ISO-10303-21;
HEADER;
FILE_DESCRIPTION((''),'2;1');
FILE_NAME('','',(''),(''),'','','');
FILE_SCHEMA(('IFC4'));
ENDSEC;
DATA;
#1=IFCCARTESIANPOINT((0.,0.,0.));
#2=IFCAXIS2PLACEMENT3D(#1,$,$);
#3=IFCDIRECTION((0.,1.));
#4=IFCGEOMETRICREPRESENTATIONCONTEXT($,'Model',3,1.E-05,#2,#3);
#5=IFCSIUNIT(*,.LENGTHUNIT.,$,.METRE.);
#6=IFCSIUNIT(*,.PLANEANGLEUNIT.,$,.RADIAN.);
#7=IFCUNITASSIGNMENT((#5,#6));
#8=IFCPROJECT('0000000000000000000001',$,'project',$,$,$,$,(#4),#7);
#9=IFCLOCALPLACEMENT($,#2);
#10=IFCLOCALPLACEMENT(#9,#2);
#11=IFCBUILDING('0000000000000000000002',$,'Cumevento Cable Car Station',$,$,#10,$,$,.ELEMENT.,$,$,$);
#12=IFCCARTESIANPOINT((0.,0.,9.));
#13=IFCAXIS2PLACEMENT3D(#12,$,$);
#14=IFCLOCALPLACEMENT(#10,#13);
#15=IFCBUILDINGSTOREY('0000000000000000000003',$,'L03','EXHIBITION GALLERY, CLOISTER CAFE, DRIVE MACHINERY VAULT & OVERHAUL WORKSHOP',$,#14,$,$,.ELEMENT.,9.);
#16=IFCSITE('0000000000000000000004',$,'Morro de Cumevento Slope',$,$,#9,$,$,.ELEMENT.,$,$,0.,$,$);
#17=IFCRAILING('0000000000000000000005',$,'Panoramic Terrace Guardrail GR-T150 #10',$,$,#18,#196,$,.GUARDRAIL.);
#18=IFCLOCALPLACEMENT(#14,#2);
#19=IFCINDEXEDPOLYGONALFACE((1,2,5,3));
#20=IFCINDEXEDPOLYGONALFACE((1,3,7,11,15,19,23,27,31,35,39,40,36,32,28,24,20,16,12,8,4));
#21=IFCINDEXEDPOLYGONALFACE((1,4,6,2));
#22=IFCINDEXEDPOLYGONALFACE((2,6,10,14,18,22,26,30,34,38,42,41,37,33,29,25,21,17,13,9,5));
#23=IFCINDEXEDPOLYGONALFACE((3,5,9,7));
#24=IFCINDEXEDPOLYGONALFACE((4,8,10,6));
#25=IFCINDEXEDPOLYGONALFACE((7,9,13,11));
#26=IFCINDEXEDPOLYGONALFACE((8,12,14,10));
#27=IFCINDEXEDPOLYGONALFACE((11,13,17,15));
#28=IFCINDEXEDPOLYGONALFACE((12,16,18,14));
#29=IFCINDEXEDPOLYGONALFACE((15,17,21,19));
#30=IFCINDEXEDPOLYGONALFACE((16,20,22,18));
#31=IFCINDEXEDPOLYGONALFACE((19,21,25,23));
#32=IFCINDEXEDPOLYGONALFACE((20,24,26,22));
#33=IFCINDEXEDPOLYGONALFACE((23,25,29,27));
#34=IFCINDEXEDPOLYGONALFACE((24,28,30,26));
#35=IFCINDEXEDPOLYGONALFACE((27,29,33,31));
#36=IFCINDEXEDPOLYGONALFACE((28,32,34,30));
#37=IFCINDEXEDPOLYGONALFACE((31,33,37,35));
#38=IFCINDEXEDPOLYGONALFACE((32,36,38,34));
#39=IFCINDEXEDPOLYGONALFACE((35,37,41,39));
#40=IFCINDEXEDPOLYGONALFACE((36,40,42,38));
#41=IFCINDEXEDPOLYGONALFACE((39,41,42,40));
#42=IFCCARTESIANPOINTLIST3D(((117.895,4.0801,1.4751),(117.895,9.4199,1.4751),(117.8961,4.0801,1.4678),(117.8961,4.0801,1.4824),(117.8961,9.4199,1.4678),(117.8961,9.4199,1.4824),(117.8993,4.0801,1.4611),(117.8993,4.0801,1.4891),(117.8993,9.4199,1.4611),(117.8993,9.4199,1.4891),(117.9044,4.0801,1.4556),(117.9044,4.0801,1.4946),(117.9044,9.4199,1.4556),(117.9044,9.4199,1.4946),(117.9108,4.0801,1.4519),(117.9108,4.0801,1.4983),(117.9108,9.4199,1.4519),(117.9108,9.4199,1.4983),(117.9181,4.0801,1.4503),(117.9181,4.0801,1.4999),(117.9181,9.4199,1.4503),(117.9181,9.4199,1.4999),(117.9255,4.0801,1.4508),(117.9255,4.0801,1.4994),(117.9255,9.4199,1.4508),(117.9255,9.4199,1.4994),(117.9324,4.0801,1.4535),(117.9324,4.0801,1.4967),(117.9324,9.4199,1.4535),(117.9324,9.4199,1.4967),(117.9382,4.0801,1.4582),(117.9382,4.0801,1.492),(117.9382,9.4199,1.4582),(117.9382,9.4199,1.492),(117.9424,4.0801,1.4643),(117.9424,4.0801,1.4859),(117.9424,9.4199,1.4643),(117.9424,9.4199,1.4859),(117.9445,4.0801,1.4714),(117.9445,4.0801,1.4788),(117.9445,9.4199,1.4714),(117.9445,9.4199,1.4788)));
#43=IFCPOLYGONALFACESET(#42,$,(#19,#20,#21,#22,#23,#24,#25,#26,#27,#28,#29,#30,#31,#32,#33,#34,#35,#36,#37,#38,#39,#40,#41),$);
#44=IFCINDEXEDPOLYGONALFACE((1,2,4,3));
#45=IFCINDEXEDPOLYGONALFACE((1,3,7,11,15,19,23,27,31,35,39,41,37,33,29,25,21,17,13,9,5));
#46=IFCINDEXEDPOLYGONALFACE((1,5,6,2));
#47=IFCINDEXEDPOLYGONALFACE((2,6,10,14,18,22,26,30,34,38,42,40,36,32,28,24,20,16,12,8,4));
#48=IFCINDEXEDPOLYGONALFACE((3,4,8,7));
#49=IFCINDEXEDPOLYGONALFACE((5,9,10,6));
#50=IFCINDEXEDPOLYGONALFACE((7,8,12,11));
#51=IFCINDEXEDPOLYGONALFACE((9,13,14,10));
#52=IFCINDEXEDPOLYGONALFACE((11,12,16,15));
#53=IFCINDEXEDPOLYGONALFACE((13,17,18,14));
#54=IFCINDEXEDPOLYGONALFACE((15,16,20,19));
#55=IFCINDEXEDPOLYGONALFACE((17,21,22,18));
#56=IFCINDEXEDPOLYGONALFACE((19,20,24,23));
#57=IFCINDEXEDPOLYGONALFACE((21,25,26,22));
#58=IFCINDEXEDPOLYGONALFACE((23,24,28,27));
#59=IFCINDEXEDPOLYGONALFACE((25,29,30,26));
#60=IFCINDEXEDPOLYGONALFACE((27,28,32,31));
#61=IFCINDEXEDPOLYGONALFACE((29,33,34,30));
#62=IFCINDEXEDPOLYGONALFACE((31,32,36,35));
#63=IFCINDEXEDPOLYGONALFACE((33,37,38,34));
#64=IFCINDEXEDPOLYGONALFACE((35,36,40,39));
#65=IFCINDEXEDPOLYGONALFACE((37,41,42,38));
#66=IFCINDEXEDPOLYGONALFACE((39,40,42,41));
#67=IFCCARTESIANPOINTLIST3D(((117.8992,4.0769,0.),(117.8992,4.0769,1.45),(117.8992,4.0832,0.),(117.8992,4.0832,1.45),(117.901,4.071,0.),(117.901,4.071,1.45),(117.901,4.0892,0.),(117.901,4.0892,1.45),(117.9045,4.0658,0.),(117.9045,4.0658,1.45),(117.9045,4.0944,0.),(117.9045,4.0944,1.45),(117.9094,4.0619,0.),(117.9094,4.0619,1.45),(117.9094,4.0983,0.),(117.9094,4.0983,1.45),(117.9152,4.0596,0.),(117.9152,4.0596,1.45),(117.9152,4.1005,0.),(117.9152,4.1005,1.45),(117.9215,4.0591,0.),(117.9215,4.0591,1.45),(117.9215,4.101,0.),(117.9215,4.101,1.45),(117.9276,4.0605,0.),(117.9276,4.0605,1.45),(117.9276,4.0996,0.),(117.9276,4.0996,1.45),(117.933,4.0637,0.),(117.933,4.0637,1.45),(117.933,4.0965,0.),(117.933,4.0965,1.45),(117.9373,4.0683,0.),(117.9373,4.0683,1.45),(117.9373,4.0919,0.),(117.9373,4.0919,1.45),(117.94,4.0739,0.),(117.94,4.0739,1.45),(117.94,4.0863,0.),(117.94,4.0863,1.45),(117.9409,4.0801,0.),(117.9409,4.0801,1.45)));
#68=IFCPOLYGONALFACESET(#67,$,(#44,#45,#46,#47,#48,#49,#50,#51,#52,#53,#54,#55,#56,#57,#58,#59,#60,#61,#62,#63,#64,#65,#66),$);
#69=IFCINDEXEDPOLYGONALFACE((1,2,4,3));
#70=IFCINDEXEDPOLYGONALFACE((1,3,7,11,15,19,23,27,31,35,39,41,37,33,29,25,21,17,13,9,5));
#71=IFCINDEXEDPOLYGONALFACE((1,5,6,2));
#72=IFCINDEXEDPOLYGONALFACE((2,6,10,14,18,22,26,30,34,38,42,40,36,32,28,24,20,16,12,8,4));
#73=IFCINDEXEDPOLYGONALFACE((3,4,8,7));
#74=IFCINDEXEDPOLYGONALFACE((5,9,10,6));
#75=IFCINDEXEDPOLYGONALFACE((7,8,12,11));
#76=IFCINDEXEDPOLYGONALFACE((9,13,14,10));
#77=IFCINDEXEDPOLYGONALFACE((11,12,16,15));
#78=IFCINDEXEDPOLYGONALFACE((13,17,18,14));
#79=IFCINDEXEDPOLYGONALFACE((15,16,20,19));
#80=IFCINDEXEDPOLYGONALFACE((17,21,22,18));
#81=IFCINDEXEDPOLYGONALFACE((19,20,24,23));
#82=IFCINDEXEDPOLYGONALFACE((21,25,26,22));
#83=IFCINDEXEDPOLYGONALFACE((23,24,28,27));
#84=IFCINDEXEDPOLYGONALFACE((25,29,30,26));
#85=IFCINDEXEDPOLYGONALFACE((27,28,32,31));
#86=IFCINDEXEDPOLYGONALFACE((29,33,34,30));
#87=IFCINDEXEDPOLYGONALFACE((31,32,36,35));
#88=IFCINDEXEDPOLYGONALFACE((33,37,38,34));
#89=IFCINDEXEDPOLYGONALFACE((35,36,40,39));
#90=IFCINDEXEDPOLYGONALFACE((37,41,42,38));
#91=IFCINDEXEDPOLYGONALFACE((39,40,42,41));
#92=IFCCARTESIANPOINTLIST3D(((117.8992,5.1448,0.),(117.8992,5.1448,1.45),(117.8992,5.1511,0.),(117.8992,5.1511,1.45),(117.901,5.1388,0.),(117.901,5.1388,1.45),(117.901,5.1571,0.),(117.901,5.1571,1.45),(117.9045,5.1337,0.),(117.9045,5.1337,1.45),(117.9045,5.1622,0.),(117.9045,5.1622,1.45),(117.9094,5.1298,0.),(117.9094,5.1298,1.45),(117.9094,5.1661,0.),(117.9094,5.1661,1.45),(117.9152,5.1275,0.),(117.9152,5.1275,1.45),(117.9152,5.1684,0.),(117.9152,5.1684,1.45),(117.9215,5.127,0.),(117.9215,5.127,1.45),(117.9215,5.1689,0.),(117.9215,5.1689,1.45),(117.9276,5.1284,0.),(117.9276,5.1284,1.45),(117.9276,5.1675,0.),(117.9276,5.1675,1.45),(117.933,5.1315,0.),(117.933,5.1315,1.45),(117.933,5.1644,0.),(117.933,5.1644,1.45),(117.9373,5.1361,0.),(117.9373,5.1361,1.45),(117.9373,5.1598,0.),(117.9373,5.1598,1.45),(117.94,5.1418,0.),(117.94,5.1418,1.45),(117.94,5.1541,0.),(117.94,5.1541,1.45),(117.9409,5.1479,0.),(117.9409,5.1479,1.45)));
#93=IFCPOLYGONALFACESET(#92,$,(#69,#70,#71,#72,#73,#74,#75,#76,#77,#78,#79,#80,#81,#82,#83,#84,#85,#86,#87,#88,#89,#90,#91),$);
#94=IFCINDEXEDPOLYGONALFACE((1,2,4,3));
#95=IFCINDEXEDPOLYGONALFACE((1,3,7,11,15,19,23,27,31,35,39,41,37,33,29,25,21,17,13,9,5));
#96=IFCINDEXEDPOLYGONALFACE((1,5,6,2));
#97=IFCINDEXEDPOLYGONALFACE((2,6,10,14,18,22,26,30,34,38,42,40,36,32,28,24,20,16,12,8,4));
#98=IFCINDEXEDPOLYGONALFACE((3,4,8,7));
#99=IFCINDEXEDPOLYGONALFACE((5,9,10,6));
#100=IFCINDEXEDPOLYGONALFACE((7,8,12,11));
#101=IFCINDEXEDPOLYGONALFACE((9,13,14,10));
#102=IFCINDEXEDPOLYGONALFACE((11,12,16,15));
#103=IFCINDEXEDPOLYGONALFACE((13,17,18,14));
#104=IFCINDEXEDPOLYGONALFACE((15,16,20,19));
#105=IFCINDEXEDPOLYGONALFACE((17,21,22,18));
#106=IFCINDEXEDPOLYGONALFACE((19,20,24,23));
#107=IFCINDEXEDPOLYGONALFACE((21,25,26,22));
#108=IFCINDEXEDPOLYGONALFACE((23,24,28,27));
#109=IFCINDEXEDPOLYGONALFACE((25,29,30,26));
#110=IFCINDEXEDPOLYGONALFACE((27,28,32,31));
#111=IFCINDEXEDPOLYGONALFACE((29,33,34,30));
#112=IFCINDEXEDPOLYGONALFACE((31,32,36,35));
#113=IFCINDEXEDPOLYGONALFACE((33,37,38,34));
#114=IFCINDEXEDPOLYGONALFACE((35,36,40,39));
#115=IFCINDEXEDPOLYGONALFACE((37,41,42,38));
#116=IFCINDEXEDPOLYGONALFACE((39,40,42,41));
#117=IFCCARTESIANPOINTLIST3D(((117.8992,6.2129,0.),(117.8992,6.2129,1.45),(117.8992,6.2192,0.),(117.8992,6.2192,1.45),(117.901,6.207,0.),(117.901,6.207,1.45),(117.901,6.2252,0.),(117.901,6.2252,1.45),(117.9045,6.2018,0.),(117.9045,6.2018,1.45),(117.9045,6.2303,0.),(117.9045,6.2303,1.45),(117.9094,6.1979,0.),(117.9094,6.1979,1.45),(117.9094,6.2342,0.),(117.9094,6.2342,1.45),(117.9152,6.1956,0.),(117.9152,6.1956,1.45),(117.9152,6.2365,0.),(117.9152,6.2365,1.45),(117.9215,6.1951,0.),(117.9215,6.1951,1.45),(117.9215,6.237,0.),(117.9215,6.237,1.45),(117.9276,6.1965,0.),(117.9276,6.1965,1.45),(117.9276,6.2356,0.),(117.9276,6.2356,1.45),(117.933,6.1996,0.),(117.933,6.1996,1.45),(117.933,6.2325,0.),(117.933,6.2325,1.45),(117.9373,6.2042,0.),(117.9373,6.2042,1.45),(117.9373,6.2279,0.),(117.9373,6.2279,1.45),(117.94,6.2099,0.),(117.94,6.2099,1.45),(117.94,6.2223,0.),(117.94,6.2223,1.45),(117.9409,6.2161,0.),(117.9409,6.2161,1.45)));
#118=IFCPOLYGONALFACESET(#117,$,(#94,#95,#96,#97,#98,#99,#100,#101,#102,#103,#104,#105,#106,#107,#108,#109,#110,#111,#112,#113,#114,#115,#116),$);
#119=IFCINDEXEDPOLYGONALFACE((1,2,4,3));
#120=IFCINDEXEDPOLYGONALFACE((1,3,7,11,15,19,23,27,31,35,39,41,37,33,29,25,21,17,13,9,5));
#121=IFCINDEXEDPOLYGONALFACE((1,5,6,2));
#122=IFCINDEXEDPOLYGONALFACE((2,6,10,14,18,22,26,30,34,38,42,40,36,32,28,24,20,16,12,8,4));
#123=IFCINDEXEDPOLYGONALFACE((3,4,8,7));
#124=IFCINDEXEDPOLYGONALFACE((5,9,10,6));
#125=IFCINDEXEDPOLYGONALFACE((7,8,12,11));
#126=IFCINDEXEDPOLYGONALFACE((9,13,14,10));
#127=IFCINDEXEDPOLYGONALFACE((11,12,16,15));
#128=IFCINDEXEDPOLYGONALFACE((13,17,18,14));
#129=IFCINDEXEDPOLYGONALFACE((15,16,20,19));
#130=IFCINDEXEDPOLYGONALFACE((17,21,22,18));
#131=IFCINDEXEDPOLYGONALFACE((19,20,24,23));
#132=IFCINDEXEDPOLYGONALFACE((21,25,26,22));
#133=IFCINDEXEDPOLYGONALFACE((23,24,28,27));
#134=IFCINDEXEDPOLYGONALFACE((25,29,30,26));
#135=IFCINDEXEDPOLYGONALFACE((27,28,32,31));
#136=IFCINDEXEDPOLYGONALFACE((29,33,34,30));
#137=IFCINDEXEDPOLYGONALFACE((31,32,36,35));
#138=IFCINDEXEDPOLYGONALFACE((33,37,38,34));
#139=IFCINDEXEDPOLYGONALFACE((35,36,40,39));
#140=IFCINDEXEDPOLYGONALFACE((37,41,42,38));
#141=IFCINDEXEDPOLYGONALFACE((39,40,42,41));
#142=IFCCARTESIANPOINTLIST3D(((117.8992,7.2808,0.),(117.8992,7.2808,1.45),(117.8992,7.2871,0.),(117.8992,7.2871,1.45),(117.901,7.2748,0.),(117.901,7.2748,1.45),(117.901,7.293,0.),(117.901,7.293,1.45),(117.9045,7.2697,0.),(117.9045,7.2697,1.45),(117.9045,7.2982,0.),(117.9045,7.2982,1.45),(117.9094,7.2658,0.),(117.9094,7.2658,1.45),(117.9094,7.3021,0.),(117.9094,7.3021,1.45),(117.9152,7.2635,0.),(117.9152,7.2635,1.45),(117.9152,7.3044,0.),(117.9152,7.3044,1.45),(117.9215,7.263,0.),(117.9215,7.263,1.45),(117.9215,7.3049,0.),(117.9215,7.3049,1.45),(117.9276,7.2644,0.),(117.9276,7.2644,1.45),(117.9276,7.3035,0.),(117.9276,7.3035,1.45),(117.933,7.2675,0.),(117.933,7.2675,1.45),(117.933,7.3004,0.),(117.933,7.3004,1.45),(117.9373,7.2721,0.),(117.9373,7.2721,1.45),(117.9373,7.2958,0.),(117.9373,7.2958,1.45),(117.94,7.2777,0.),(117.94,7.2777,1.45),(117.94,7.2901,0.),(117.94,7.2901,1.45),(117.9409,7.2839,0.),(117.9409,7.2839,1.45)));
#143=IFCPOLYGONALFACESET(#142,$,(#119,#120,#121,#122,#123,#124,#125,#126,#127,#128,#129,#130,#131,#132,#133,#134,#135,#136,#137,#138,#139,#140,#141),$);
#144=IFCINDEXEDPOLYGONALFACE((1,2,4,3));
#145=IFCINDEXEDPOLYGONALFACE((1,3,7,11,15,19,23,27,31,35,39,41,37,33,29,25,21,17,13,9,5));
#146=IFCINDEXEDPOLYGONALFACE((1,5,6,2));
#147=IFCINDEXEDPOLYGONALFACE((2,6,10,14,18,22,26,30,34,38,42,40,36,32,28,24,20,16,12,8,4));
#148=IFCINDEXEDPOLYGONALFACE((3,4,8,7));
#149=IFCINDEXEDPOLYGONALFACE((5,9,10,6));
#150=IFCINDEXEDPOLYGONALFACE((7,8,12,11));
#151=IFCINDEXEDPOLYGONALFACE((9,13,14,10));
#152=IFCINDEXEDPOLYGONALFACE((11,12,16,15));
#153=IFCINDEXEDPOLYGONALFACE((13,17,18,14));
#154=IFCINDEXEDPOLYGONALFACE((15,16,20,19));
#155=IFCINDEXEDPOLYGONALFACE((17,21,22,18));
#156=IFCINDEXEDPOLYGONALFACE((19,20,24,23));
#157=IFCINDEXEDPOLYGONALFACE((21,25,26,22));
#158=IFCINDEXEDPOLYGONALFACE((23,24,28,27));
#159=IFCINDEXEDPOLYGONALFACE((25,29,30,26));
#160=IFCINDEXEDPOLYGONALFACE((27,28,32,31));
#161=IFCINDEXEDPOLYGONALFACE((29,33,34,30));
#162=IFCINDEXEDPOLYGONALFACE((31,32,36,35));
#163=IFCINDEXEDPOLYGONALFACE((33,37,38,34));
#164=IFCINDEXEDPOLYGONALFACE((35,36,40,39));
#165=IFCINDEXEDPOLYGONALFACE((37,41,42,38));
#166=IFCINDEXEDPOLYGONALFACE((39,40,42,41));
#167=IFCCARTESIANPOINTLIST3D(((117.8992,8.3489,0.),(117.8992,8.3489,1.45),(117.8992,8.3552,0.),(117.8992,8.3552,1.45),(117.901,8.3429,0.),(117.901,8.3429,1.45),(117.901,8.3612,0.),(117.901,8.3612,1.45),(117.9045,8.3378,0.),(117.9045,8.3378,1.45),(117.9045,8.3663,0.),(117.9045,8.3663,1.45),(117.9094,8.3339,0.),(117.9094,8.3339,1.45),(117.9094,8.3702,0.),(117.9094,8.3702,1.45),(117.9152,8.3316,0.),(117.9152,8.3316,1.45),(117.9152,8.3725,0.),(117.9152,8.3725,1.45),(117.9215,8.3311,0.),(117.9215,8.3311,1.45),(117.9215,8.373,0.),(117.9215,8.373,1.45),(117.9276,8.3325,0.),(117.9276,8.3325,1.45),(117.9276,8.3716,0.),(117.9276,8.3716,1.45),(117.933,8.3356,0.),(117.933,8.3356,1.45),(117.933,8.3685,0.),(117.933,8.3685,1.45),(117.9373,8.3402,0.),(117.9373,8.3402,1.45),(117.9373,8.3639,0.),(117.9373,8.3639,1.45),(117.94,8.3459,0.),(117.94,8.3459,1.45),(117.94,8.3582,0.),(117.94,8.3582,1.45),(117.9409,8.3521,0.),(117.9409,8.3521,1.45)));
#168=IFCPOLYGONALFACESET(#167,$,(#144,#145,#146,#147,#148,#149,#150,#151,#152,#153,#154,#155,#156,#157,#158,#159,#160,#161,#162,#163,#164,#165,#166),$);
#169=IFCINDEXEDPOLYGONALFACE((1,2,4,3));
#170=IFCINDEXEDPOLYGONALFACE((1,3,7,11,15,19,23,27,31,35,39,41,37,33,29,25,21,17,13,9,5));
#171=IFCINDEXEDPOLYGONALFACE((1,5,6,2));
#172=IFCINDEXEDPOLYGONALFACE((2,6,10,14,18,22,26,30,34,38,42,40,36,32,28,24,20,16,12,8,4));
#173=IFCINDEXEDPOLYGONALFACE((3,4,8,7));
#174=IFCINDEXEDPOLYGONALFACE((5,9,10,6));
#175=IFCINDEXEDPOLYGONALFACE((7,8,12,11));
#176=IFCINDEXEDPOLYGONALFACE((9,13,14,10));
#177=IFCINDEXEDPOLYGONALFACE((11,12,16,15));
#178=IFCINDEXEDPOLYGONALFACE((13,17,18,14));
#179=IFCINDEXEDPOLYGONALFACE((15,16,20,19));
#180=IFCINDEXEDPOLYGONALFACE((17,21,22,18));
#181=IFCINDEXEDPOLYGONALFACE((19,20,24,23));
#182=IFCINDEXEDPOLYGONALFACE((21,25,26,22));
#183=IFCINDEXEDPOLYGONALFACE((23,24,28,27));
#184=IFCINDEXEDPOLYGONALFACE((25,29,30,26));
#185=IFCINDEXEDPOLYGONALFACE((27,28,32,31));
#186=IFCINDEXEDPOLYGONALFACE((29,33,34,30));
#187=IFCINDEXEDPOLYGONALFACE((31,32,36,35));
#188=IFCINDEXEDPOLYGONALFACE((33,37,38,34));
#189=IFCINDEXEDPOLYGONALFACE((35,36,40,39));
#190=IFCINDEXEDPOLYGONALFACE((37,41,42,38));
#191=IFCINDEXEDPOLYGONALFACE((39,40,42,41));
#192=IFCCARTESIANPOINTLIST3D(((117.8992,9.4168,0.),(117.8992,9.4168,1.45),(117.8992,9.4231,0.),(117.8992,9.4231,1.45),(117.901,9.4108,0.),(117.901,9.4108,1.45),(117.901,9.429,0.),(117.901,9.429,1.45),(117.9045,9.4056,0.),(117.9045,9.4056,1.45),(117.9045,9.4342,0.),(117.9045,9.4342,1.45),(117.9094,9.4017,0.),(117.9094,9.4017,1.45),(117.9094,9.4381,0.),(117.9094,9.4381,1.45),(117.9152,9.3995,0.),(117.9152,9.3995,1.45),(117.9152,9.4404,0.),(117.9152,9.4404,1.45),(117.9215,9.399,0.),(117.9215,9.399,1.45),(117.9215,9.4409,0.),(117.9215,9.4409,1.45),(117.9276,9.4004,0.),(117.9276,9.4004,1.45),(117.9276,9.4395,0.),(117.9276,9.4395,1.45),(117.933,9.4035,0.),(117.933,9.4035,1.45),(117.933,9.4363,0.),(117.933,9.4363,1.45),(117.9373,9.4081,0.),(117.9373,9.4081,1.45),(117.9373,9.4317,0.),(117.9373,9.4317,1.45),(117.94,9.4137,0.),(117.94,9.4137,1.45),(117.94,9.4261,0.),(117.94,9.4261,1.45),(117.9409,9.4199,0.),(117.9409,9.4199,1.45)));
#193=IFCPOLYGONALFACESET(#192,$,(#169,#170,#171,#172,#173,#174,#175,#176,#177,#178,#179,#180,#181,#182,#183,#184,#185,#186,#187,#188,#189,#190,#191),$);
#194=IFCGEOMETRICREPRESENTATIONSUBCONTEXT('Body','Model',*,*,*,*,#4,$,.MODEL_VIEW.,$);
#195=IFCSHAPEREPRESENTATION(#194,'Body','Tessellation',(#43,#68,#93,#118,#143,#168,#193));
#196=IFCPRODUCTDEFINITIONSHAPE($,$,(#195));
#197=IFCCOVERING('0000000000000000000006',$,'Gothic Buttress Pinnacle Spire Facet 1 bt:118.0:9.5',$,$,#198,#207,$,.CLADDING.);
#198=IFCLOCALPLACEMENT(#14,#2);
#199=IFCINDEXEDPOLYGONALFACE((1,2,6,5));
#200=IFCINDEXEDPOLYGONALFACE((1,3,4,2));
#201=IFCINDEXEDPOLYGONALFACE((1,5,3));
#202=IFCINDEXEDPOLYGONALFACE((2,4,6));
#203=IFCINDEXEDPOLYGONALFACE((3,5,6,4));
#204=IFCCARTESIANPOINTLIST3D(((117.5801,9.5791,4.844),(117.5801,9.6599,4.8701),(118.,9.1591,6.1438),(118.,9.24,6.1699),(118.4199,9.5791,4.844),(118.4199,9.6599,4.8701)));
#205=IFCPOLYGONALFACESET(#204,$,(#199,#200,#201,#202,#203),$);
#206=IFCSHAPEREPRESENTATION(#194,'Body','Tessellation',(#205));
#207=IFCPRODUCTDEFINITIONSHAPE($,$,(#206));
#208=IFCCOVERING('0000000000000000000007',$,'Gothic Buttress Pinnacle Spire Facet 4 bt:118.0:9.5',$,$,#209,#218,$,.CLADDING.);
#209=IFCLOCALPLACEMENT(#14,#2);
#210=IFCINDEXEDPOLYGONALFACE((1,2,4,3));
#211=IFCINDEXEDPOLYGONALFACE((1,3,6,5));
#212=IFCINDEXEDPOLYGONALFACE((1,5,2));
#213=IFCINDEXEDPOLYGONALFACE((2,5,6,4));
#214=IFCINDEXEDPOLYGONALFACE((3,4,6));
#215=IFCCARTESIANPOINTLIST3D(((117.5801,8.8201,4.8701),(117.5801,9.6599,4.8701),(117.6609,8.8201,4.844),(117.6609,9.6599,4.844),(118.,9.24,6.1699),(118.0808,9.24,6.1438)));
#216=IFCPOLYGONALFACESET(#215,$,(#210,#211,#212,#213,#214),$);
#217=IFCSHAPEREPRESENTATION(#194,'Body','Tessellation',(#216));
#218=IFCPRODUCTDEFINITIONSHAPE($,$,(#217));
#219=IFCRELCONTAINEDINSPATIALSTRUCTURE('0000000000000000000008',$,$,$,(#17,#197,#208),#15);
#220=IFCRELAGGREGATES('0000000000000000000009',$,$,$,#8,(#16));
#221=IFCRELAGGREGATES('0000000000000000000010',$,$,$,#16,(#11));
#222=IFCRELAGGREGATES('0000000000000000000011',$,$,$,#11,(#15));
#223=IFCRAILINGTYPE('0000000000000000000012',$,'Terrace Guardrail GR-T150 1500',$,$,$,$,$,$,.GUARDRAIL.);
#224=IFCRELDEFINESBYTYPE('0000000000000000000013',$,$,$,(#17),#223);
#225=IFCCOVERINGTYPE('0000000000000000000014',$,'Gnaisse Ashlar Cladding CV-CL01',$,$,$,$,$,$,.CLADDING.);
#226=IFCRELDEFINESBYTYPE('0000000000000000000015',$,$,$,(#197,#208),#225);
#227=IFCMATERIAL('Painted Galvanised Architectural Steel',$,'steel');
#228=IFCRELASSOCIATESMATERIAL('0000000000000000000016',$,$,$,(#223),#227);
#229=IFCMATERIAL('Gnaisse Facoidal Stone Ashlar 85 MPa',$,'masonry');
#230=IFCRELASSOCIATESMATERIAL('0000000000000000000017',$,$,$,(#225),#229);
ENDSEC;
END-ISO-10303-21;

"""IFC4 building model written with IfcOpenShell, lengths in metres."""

from ifc_helpers import new_model, si_unit, direction, frame, origin, origin_2d, place, context, subcontext, project, spatial, polyline, circle, outline, extrude, material, type_object, element, save


model = new_model("IFC4")

# Units and contexts
model_context = context("Model", 3, precision=1e-05, world=origin(), true_north=direction((0.0, 1.0)))
body_context = subcontext(model_context, "Body", "Model", "MODEL_VIEW")
ifc_project = project(units=[si_unit("LENGTHUNIT", "METRE"), si_unit("PLANEANGLEUNIT", "RADIAN")], contexts=[model_context])

# Site, building, storey
site_placement = place(None, origin())
site = spatial("IfcSite", under=ifc_project, at=site_placement, Name="Morro de Cumevento Slope", CompositionType="ELEMENT", RefElevation=0.0)
building_placement = place(site_placement, origin())
building = spatial("IfcBuilding", under=site, at=building_placement, Name="Cumevento Cable Car Station", CompositionType="ELEMENT")
storey_placement = place(building_placement, frame((0.0, 0.0, 9.0)))
storey = spatial("IfcBuildingStorey", under=building, at=storey_placement, Name="L03", Description="EXHIBITION GALLERY, CLOISTER CAFE, DRIVE MACHINERY VAULT & OVERHAUL WORKSHOP", CompositionType="ELEMENT", Elevation=9.0)

# Railing
ifc_material_1 = material(Name="Painted Galvanised Architectural Steel", Category="steel")
railing_type = type_object("IfcRailingType", Name="Terrace Guardrail GR-T150 1500", PredefinedType="GUARDRAIL", material=ifc_material_1)
railing_1_placement = place(storey_placement, frame((117.9199, 4.0801, 0.0)))
element("IfcRailing", 1, at=railing_1_placement, inside=storey, type_object=railing_type, Name="Panoramic Terrace Guardrail GR-T150 #10", PredefinedType="GUARDRAIL", context=body_context, shape_type="SweptSolid", body=[
    extrude(circle(Radius=0.0249, at=origin_2d()), frame((0.0, 0.0, 1.4751), z_axis=(0.0, 1.0, 0.0), x_axis=(-1.0, 0.0, 0.0)), (0.0, 0.0, 1.0), 5.3398),
    extrude(circle(Radius=0.021, at=origin_2d()), origin(), (0.0, 0.0, 1.0), 1.45),
    extrude(circle(Radius=0.021, at=origin_2d()), frame((0.0, 1.0679, 0.0)), (0.0, 0.0, 1.0), 1.45),
    extrude(circle(Radius=0.021, at=origin_2d()), frame((0.0, 2.136, 0.0)), (0.0, 0.0, 1.0), 1.45),
    extrude(circle(Radius=0.021, at=origin_2d()), frame((0.0, 3.2039, 0.0)), (0.0, 0.0, 1.0), 1.45),
    extrude(circle(Radius=0.021, at=origin_2d()), frame((0.0, 4.272, 0.0)), (0.0, 0.0, 1.0), 1.45),
    extrude(circle(Radius=0.021, at=origin_2d()), frame((0.0, 5.3398, 0.0)), (0.0, 0.0, 1.0), 1.45),
])

# Coverings
ifc_material_2 = material(Name="Gnaisse Facoidal Stone Ashlar 85 MPa", Category="masonry")
covering_type = type_object("IfcCoveringType", Name="Gnaisse Ashlar Cladding CV-CL01", PredefinedType="CLADDING", material=ifc_material_2)
for number, where, z_axis, x_axis, name in (
    (2, (117.5801, 9.6599, 4.8701), (0.0, 0.951574, 0.307421), (1.0, 0.0, 0.0), "Gothic Buttress Pinnacle Spire Facet 1 bt:118.0:9.5"),
    (3, (117.5801, 8.8201, 4.8701), (-0.951574, 0.0, 0.307421), (0.0, 1.0, 0.0), "Gothic Buttress Pinnacle Spire Facet 4 bt:118.0:9.5"),
):
    element("IfcCovering", number, at=place(storey_placement, frame(where, z_axis=z_axis, x_axis=x_axis)), inside=storey, type_object=covering_type, Name=name, PredefinedType="CLADDING", context=body_context, shape_type="SweptSolid", body=[
        extrude(outline(polyline([(0.0, 0.0), (0.8398, 0.0), (0.4199, -1.366), (0.0, 0.0)])), origin(), (0.0, 0.0, -1.0), 0.085),
    ])

save(model, "model.ifc")
